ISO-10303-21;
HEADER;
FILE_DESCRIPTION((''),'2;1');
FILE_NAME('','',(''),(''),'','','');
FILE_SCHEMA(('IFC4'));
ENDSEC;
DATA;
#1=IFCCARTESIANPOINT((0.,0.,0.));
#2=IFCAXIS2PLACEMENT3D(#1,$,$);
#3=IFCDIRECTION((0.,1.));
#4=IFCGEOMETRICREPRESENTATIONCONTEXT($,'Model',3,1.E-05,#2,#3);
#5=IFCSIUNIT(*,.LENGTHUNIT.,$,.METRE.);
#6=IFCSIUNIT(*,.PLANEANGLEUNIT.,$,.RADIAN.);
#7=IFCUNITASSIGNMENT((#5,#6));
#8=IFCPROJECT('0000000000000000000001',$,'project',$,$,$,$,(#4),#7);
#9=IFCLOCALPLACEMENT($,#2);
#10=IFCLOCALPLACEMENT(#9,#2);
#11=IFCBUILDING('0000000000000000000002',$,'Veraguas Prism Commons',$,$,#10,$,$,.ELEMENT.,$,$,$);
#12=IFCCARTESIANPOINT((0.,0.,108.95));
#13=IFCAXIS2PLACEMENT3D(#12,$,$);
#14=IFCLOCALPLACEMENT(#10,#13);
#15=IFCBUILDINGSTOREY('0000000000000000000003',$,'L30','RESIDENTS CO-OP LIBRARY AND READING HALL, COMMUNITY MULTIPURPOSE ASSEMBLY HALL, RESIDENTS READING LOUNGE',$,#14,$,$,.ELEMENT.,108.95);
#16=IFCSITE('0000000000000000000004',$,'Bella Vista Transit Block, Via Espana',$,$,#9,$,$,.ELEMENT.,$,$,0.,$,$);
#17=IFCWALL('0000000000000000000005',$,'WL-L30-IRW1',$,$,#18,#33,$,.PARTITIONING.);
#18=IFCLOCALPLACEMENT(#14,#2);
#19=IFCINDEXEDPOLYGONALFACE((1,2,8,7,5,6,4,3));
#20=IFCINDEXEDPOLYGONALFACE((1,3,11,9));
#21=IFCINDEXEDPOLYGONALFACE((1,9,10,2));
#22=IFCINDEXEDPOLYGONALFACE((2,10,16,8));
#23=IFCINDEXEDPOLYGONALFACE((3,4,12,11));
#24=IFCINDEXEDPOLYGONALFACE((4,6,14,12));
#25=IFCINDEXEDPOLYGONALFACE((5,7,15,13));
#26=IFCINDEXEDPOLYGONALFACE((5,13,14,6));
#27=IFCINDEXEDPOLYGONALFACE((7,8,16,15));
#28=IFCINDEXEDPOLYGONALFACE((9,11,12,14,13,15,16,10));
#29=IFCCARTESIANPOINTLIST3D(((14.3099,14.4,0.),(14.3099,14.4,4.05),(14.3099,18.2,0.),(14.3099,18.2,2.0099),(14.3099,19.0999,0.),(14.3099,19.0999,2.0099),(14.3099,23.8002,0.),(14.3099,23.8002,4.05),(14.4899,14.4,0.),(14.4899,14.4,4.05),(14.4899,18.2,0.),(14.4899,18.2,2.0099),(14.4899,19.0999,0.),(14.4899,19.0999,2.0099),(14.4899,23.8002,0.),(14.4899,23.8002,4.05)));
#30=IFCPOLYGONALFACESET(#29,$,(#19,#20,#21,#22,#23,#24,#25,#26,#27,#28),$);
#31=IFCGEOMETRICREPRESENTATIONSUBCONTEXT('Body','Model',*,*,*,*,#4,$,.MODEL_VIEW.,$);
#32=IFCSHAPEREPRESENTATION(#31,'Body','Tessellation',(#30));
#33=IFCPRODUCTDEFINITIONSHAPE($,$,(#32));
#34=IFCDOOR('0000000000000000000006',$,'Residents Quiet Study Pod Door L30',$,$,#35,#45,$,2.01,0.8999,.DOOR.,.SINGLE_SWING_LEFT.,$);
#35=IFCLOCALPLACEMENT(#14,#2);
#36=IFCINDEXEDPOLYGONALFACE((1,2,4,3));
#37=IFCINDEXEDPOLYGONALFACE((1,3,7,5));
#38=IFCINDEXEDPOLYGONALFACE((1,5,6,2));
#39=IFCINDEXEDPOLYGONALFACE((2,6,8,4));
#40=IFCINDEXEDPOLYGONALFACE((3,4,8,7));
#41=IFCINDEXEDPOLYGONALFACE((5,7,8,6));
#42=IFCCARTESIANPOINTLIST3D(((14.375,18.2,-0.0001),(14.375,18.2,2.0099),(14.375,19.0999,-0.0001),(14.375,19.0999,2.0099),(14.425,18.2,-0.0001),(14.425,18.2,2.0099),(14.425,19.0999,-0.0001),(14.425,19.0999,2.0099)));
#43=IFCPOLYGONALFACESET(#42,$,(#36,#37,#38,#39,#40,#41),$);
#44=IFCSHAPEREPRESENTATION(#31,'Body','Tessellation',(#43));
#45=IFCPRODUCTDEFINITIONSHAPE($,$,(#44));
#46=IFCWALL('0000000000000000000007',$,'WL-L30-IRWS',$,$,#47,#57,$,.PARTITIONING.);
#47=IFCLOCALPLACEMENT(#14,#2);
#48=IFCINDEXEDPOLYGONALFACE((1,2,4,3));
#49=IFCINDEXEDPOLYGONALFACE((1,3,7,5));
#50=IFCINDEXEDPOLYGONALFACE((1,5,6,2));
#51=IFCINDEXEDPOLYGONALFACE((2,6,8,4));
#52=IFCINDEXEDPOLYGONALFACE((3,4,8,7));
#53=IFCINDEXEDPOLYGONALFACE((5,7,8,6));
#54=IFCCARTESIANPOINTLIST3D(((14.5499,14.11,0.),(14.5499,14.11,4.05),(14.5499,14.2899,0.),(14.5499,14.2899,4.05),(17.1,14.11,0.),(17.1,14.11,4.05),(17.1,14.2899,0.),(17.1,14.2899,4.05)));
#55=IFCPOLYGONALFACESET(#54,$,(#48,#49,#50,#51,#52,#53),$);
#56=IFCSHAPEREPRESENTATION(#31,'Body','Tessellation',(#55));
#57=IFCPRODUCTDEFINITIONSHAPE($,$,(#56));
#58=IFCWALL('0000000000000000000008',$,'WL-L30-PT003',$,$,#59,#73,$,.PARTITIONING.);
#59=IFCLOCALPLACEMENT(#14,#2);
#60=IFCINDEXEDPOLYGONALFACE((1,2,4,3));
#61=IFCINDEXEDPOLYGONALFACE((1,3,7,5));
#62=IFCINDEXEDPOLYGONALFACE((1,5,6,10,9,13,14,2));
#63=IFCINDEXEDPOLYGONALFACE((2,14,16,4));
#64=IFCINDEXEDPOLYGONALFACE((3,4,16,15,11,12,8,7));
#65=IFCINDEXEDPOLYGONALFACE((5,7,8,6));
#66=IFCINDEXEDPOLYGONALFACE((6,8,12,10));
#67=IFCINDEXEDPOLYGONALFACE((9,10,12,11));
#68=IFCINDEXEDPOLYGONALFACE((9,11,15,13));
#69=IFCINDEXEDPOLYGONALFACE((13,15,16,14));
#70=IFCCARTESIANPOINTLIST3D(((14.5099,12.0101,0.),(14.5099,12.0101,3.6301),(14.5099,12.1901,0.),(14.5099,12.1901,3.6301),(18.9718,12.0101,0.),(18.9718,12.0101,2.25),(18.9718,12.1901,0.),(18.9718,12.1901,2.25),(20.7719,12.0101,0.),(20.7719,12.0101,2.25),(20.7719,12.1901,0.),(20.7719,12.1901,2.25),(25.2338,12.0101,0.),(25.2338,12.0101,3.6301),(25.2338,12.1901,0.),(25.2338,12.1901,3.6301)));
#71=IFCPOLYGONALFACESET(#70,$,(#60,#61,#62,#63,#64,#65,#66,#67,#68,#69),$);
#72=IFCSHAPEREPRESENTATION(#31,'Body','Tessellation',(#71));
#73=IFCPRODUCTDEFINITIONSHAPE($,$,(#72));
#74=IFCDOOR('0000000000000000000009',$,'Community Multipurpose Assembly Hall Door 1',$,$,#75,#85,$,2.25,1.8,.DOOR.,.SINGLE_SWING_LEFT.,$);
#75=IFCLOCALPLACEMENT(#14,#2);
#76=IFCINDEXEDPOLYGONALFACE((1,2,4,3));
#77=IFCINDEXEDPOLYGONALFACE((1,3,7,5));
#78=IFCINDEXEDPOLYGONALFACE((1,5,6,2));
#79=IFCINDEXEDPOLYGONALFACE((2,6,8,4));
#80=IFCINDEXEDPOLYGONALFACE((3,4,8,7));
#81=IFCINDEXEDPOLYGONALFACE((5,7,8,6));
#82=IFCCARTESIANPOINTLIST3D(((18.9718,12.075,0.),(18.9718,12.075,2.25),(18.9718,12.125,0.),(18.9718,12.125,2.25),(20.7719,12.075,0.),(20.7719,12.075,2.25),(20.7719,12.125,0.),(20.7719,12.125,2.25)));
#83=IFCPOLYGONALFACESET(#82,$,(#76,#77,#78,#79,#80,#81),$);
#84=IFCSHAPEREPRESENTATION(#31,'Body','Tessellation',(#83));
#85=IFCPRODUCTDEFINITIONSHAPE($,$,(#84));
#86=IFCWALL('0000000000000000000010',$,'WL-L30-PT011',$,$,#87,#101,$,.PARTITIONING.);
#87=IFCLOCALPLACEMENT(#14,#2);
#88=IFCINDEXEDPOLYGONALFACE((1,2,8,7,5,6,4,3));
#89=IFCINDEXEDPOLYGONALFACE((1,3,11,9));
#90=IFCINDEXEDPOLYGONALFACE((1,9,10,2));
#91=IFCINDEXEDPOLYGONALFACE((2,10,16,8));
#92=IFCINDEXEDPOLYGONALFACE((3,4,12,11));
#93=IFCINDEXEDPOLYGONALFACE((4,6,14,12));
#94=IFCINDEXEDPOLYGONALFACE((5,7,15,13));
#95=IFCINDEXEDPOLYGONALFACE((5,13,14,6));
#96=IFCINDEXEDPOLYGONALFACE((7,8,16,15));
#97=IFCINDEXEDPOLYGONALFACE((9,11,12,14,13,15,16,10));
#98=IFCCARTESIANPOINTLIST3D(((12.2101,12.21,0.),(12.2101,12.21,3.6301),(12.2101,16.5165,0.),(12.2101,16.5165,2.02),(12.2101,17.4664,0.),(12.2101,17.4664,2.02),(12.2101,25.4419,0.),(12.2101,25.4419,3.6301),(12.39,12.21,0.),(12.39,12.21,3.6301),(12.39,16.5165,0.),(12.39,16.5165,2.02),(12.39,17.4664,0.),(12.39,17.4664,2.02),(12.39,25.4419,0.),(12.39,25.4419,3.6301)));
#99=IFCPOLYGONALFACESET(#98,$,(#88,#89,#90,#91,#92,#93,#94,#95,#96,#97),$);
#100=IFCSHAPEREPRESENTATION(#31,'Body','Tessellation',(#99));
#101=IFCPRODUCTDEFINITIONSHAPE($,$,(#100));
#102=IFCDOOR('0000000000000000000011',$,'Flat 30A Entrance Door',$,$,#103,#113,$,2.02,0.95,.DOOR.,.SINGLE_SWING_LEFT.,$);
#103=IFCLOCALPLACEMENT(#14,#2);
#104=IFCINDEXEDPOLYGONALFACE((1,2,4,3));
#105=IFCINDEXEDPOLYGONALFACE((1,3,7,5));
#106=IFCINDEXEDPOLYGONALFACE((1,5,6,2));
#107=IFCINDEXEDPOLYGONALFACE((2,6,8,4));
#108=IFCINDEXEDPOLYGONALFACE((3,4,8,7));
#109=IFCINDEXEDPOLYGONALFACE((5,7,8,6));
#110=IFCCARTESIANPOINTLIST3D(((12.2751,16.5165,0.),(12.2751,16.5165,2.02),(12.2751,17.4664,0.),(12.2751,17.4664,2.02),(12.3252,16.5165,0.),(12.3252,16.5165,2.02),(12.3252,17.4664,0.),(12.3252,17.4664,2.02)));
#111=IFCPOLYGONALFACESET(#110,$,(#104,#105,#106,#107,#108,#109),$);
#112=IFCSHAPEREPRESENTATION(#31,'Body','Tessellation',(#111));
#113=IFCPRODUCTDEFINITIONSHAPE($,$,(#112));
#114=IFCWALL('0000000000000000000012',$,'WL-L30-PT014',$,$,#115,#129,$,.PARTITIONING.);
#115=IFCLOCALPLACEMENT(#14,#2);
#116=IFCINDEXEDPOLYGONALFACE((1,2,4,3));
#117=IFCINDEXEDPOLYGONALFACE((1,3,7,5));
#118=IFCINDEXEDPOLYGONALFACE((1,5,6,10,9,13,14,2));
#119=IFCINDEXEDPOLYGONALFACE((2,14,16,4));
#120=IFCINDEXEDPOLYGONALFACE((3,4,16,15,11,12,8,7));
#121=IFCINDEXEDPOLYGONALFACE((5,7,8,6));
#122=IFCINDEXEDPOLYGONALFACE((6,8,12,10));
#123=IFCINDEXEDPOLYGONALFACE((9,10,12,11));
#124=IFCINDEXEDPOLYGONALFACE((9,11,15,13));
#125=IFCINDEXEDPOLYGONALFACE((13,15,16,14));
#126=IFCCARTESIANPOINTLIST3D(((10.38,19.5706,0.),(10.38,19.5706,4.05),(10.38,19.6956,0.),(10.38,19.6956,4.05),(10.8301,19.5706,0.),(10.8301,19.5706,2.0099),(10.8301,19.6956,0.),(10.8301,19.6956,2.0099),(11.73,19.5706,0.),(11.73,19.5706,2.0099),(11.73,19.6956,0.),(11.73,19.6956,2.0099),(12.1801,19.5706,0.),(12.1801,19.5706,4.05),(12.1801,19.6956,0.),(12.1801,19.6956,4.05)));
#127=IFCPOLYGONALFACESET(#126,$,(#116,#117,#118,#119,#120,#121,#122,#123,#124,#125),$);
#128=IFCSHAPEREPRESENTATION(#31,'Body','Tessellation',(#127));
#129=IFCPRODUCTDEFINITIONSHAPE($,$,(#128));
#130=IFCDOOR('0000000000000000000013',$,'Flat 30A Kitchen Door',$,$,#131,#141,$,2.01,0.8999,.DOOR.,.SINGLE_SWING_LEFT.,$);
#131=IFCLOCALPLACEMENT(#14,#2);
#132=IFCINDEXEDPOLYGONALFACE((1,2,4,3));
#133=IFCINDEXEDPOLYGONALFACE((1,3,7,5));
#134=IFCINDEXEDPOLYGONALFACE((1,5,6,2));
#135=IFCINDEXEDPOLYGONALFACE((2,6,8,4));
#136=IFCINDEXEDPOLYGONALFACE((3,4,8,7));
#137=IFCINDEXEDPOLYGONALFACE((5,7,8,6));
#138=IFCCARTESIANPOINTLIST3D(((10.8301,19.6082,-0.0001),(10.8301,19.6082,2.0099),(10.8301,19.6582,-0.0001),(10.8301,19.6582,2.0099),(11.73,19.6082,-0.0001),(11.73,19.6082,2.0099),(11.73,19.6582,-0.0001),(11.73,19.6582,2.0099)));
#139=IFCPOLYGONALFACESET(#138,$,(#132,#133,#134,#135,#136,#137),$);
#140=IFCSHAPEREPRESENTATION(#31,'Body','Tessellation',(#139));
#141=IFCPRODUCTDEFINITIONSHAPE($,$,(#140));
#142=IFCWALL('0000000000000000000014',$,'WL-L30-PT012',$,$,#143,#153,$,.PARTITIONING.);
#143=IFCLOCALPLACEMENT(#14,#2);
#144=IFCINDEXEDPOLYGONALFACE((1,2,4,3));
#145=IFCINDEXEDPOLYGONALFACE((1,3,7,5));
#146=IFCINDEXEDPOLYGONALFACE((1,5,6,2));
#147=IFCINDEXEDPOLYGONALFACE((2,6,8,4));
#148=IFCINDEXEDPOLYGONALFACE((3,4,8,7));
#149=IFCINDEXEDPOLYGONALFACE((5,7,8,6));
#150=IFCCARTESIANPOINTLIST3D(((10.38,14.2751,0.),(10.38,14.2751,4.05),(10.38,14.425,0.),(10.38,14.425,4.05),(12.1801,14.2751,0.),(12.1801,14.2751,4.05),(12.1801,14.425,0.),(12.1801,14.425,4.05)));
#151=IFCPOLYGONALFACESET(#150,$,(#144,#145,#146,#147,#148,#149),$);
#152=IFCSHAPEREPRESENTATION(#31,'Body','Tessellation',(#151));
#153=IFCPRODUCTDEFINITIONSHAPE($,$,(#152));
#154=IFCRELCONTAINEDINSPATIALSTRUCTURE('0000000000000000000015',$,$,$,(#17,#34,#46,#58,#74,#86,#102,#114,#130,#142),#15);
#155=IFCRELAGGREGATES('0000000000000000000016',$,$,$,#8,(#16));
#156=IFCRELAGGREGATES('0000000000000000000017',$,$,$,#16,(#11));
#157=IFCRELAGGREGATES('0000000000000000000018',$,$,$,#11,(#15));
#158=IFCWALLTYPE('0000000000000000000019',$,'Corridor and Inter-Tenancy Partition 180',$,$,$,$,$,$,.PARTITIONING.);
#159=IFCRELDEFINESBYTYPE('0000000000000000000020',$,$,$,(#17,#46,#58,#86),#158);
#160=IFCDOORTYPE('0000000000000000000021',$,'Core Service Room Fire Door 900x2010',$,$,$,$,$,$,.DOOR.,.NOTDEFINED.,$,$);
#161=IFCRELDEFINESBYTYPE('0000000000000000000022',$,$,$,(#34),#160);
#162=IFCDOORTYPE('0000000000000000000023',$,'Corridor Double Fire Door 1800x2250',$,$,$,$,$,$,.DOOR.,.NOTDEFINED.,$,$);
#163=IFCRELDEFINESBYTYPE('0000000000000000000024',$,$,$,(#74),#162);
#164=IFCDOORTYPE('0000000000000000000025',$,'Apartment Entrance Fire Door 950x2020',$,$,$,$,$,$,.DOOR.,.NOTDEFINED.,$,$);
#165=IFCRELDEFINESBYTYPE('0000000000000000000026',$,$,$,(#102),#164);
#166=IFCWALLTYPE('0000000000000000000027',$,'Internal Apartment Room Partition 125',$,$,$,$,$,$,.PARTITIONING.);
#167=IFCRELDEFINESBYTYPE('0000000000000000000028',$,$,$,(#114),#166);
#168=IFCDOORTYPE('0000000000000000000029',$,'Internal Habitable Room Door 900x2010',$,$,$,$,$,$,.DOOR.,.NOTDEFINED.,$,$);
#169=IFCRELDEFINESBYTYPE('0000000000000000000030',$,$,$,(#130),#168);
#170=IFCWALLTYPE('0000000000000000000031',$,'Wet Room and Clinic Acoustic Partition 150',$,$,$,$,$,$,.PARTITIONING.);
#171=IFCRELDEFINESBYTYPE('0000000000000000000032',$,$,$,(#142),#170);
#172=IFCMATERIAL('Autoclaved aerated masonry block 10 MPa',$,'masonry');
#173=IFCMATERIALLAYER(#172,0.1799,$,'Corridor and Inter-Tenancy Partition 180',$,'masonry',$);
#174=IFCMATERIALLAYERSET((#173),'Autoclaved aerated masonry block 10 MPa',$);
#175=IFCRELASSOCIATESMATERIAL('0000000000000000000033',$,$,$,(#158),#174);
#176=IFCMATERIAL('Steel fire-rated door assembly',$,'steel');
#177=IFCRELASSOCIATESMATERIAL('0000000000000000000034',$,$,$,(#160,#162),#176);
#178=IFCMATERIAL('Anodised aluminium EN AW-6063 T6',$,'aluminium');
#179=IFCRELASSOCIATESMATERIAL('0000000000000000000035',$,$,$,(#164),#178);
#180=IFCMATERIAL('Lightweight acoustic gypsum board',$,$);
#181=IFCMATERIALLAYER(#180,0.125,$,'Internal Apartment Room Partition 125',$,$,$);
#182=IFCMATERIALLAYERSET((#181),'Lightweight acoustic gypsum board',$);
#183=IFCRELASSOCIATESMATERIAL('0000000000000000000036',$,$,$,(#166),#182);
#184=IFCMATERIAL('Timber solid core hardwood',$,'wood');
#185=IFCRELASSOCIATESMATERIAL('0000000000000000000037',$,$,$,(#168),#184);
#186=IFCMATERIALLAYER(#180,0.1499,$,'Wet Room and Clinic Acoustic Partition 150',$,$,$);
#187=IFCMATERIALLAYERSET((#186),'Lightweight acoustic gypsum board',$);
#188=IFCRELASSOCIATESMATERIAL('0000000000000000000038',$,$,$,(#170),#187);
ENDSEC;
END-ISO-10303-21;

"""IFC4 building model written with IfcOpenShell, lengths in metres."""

from ifc_helpers import new_model, si_unit, direction, frame, frame_2d, origin, place, context, subcontext, project, spatial, rectangle, extrude, source, transform, mapped, material, layer, layer_set, type_object, element, fill, save


model = new_model("IFC4")

# Units and contexts
model_context = context("Model", 3, precision=1e-05, world=origin(), true_north=direction((0.0, 1.0)))
body_context = subcontext(model_context, "Body", "Model", "MODEL_VIEW")
ifc_project = project(units=[si_unit("LENGTHUNIT", "METRE"), si_unit("PLANEANGLEUNIT", "RADIAN")], contexts=[model_context])

# Site, building, storey
site_placement = place(None, origin())
site = spatial("IfcSite", under=ifc_project, at=site_placement, Name="Bella Vista Transit Block, Via Espana", CompositionType="ELEMENT", RefElevation=0.0)
building_placement = place(site_placement, origin())
building = spatial("IfcBuilding", under=site, at=building_placement, Name="Veraguas Prism Commons", CompositionType="ELEMENT")
storey_placement = place(building_placement, frame((0.0, 0.0, 108.95)))
storey = spatial("IfcBuildingStorey", under=building, at=storey_placement, Name="L30", Description="RESIDENTS CO-OP LIBRARY AND READING HALL, COMMUNITY MULTIPURPOSE ASSEMBLY HALL, RESIDENTS READING LOUNGE", CompositionType="ELEMENT", Elevation=108.95)

# Shared definitions
ifc_material_1 = material(Name="Steel fire-rated door assembly", Category="steel")

# Wall, opening, door
ifc_material_2 = material(Name="Autoclaved aerated masonry block 10 MPa", Category="masonry")
ifc_layer_1 = layer(ifc_material_2, 0.1799, Name="Corridor and Inter-Tenancy Partition 180", Category="masonry")
ifc_layer_set_1 = layer_set([ifc_layer_1], Name="Autoclaved aerated masonry block 10 MPa")
wall_type_1 = type_object("IfcWallType", Name="Corridor and Inter-Tenancy Partition 180", PredefinedType="PARTITIONING", material=ifc_layer_set_1)
wall_1_placement = place(storey_placement, frame((14.3999, 14.3999, 0.0), z_axis=(0.0, 0.0, 1.0), x_axis=(0.0, 1.0, 0.0)))
wall_1 = element("IfcWall", 1, at=wall_1_placement, inside=storey, type_object=wall_type_1, Name="WL-L30-IRW1", PredefinedType="PARTITIONING", context=body_context, shape_type="SweptSolid", body=[
    extrude(rectangle(XDim=9.4001, YDim=0.1799, at=frame_2d((4.7002, 0.0))), origin(), (0.0, 0.0, 1.0), 4.05),
])
opening_1_placement = place(wall_1_placement, frame((3.8, 0.0, 0.0)))
opening_1 = element("IfcOpeningElement", 2, at=opening_1_placement, cuts=wall_1, PredefinedType="OPENING", context=body_context, shape_type="SweptSolid", body=[
    extrude(rectangle(XDim=0.8999, YDim=2.01, at=frame_2d((0.45, 1.0049))), frame((0.0, 0.0999, 0.0), z_axis=(0.0, -1.0, 0.0), x_axis=(1.0, 0.0, 0.0)), (0.0, 0.0, 1.0), 0.2),
])
door_type_1 = type_object("IfcDoorType", Name="Core Service Room Fire Door 900x2010", OperationType="NOTDEFINED", PredefinedType="DOOR", material=ifc_material_1)
shared_shape_1 = source(origin(), body_context, "Body", "SweptSolid", [
    extrude(rectangle(XDim=0.8999, YDim=2.01, at=frame_2d((0.45, 1.0049))), frame((0.0, 0.0249, 0.0), z_axis=(0.0, -1.0, 0.0), x_axis=(1.0, 0.0, 0.0)), (0.0, 0.0, 1.0), 0.05),
])
door_1_placement = place(opening_1_placement, origin())
door_1 = element("IfcDoor", 3, at=door_1_placement, inside=storey, type_object=door_type_1, Name="Residents Quiet Study Pod Door L30", OperationType="SINGLE_SWING_LEFT", OverallHeight=2.01, OverallWidth=0.8999, PredefinedType="DOOR", context=body_context, shape_type="MappedRepresentation", body=[
    mapped(shared_shape_1, transform((0.0, 0.0, 0.0), scale=1.0)),
])
fill(opening_1, door_1)

# Wall
wall_2_placement = place(storey_placement, frame((14.55, 14.2, 0.0), z_axis=(0.0, 0.0, 1.0), x_axis=(1.0, 0.0, 0.0)))
element("IfcWall", 4, at=wall_2_placement, inside=storey, type_object=wall_type_1, Name="WL-L30-IRWS", PredefinedType="PARTITIONING", context=body_context, shape_type="SweptSolid", body=[
    extrude(rectangle(XDim=2.55, YDim=0.1799, at=frame_2d((1.2749, 0.0))), origin(), (0.0, 0.0, 1.0), 4.05),
])

# Walls, openings, doors
wall_3_placement = place(storey_placement, frame((14.51, 12.1001, 0.0), z_axis=(0.0, 0.0, 1.0), x_axis=(1.0, 0.0, 0.0)))
wall_3 = element("IfcWall", 5, at=wall_3_placement, inside=storey, type_object=wall_type_1, Name="WL-L30-PT003", PredefinedType="PARTITIONING", context=body_context, shape_type="SweptSolid", body=[
    extrude(rectangle(XDim=10.7239, YDim=0.1799, at=frame_2d((5.3618, 0.0))), origin(), (0.0, 0.0, 1.0), 3.6301),
])
opening_2_placement = place(wall_3_placement, frame((4.4619, 0.0, 0.0)))
opening_2 = element("IfcOpeningElement", 6, at=opening_2_placement, cuts=wall_3, PredefinedType="OPENING", context=body_context, shape_type="SweptSolid", body=[
    extrude(rectangle(XDim=1.8, YDim=2.25, at=frame_2d((0.8999, 1.125))), frame((0.0, 0.0999, 0.0), z_axis=(0.0, -1.0, 0.0), x_axis=(1.0, 0.0, 0.0)), (0.0, 0.0, 1.0), 0.2),
])
door_type_2 = type_object("IfcDoorType", Name="Corridor Double Fire Door 1800x2250", OperationType="NOTDEFINED", PredefinedType="DOOR", material=ifc_material_1)
shared_shape_2 = source(origin(), body_context, "Body", "SweptSolid", [
    extrude(rectangle(XDim=1.8, YDim=2.25, at=frame_2d((0.8999, 1.125))), frame((0.0, 0.0249, 0.0), z_axis=(0.0, -1.0, 0.0), x_axis=(1.0, 0.0, 0.0)), (0.0, 0.0, 1.0), 0.05),
])
door_2_placement = place(opening_2_placement, origin())
door_2 = element("IfcDoor", 7, at=door_2_placement, inside=storey, type_object=door_type_2, Name="Community Multipurpose Assembly Hall Door 1", OperationType="SINGLE_SWING_LEFT", OverallHeight=2.25, OverallWidth=1.8, PredefinedType="DOOR", context=body_context, shape_type="MappedRepresentation", body=[
    mapped(shared_shape_2, transform((0.0, 0.0, 0.0), scale=1.0)),
])
fill(opening_2, door_2)
wall_4_placement = place(storey_placement, frame((12.3, 12.21, 0.0), z_axis=(0.0, 0.0, 1.0), x_axis=(0.0, 1.0, 0.0)))
wall_4 = element("IfcWall", 8, at=wall_4_placement, inside=storey, type_object=wall_type_1, Name="WL-L30-PT011", PredefinedType="PARTITIONING", context=body_context, shape_type="SweptSolid", body=[
    extrude(rectangle(XDim=13.2319, YDim=0.1799, at=frame_2d((6.616, 0.0))), origin(), (0.0, 0.0, 1.0), 3.6301),
])
opening_3_placement = place(wall_4_placement, frame((4.3064, 0.0, 0.0)))
opening_3 = element("IfcOpeningElement", 9, at=opening_3_placement, cuts=wall_4, PredefinedType="OPENING", context=body_context, shape_type="SweptSolid", body=[
    extrude(rectangle(XDim=0.95, YDim=2.02, at=frame_2d((0.4751, 1.01))), frame((0.0, 0.0999, 0.0), z_axis=(0.0, -1.0, 0.0), x_axis=(1.0, 0.0, 0.0)), (0.0, 0.0, 1.0), 0.2),
])
ifc_material_3 = material(Name="Anodised aluminium EN AW-6063 T6", Category="aluminium")
door_type_3 = type_object("IfcDoorType", Name="Apartment Entrance Fire Door 950x2020", OperationType="NOTDEFINED", PredefinedType="DOOR", material=ifc_material_3)
shared_shape_3 = source(origin(), body_context, "Body", "SweptSolid", [
    extrude(rectangle(XDim=0.95, YDim=2.02, at=frame_2d((0.4751, 1.01))), frame((0.0, 0.0249, 0.0), z_axis=(0.0, -1.0, 0.0), x_axis=(1.0, 0.0, 0.0)), (0.0, 0.0, 1.0), 0.05),
])
door_3_placement = place(opening_3_placement, origin())
door_3 = element("IfcDoor", 10, at=door_3_placement, inside=storey, type_object=door_type_3, Name="Flat 30A Entrance Door", OperationType="SINGLE_SWING_LEFT", OverallHeight=2.02, OverallWidth=0.95, PredefinedType="DOOR", context=body_context, shape_type="MappedRepresentation", body=[
    mapped(shared_shape_3, transform((0.0, 0.0, 0.0), scale=1.0)),
])
fill(opening_3, door_3)
ifc_material_4 = material(Name="Lightweight acoustic gypsum board")
ifc_layer_2 = layer(ifc_material_4, 0.125, Name="Internal Apartment Room Partition 125")
ifc_layer_set_2 = layer_set([ifc_layer_2], Name="Lightweight acoustic gypsum board")
wall_type_2 = type_object("IfcWallType", Name="Internal Apartment Room Partition 125", PredefinedType="PARTITIONING", material=ifc_layer_set_2)
wall_5_placement = place(storey_placement, frame((12.1799, 19.6331, 0.0), z_axis=(0.0, 0.0, 1.0), x_axis=(-1.0, 0.0, 0.0)))
wall_5 = element("IfcWall", 11, at=wall_5_placement, inside=storey, type_object=wall_type_2, Name="WL-L30-PT014", PredefinedType="PARTITIONING", context=body_context, shape_type="SweptSolid", body=[
    extrude(rectangle(XDim=1.8, YDim=0.125, at=frame_2d((0.8999, 0.0))), origin(), (0.0, 0.0, 1.0), 4.05),
])
opening_4_placement = place(wall_5_placement, frame((0.45, 0.0, 0.0)))
opening_4 = element("IfcOpeningElement", 12, at=opening_4_placement, cuts=wall_5, PredefinedType="OPENING", context=body_context, shape_type="SweptSolid", body=[
    extrude(rectangle(XDim=0.8999, YDim=2.01, at=frame_2d((0.45, 1.0049))), frame((0.0, 0.0725, 0.0), z_axis=(0.0, -1.0, 0.0), x_axis=(1.0, 0.0, 0.0)), (0.0, 0.0, 1.0), 0.145),
])
ifc_material_5 = material(Name="Timber solid core hardwood", Category="wood")
door_type_4 = type_object("IfcDoorType", Name="Internal Habitable Room Door 900x2010", OperationType="NOTDEFINED", PredefinedType="DOOR", material=ifc_material_5)
door_4_placement = place(opening_4_placement, origin())
door_4 = element("IfcDoor", 13, at=door_4_placement, inside=storey, type_object=door_type_4, Name="Flat 30A Kitchen Door", OperationType="SINGLE_SWING_LEFT", OverallHeight=2.01, OverallWidth=0.8999, PredefinedType="DOOR", context=body_context, shape_type="MappedRepresentation", body=[
    mapped(shared_shape_1, transform((0.0, 0.0, 0.0), scale=1.0)),
])
fill(opening_4, door_4)

# Wall
ifc_layer_3 = layer(ifc_material_4, 0.1499, Name="Wet Room and Clinic Acoustic Partition 150")
ifc_layer_set_3 = layer_set([ifc_layer_3], Name="Lightweight acoustic gypsum board")
wall_type_3 = type_object("IfcWallType", Name="Wet Room and Clinic Acoustic Partition 150", PredefinedType="PARTITIONING", material=ifc_layer_set_3)
wall_6_placement = place(storey_placement, frame((12.1799, 14.3501, 0.0), z_axis=(0.0, 0.0, 1.0), x_axis=(-1.0, 0.0, 0.0)))
element("IfcWall", 14, at=wall_6_placement, inside=storey, type_object=wall_type_3, Name="WL-L30-PT012", PredefinedType="PARTITIONING", context=body_context, shape_type="SweptSolid", body=[
    extrude(rectangle(XDim=1.8, YDim=0.1499, at=frame_2d((0.8999, 0.0))), origin(), (0.0, 0.0, 1.0), 4.05),
])

save(model, "model.ifc")
